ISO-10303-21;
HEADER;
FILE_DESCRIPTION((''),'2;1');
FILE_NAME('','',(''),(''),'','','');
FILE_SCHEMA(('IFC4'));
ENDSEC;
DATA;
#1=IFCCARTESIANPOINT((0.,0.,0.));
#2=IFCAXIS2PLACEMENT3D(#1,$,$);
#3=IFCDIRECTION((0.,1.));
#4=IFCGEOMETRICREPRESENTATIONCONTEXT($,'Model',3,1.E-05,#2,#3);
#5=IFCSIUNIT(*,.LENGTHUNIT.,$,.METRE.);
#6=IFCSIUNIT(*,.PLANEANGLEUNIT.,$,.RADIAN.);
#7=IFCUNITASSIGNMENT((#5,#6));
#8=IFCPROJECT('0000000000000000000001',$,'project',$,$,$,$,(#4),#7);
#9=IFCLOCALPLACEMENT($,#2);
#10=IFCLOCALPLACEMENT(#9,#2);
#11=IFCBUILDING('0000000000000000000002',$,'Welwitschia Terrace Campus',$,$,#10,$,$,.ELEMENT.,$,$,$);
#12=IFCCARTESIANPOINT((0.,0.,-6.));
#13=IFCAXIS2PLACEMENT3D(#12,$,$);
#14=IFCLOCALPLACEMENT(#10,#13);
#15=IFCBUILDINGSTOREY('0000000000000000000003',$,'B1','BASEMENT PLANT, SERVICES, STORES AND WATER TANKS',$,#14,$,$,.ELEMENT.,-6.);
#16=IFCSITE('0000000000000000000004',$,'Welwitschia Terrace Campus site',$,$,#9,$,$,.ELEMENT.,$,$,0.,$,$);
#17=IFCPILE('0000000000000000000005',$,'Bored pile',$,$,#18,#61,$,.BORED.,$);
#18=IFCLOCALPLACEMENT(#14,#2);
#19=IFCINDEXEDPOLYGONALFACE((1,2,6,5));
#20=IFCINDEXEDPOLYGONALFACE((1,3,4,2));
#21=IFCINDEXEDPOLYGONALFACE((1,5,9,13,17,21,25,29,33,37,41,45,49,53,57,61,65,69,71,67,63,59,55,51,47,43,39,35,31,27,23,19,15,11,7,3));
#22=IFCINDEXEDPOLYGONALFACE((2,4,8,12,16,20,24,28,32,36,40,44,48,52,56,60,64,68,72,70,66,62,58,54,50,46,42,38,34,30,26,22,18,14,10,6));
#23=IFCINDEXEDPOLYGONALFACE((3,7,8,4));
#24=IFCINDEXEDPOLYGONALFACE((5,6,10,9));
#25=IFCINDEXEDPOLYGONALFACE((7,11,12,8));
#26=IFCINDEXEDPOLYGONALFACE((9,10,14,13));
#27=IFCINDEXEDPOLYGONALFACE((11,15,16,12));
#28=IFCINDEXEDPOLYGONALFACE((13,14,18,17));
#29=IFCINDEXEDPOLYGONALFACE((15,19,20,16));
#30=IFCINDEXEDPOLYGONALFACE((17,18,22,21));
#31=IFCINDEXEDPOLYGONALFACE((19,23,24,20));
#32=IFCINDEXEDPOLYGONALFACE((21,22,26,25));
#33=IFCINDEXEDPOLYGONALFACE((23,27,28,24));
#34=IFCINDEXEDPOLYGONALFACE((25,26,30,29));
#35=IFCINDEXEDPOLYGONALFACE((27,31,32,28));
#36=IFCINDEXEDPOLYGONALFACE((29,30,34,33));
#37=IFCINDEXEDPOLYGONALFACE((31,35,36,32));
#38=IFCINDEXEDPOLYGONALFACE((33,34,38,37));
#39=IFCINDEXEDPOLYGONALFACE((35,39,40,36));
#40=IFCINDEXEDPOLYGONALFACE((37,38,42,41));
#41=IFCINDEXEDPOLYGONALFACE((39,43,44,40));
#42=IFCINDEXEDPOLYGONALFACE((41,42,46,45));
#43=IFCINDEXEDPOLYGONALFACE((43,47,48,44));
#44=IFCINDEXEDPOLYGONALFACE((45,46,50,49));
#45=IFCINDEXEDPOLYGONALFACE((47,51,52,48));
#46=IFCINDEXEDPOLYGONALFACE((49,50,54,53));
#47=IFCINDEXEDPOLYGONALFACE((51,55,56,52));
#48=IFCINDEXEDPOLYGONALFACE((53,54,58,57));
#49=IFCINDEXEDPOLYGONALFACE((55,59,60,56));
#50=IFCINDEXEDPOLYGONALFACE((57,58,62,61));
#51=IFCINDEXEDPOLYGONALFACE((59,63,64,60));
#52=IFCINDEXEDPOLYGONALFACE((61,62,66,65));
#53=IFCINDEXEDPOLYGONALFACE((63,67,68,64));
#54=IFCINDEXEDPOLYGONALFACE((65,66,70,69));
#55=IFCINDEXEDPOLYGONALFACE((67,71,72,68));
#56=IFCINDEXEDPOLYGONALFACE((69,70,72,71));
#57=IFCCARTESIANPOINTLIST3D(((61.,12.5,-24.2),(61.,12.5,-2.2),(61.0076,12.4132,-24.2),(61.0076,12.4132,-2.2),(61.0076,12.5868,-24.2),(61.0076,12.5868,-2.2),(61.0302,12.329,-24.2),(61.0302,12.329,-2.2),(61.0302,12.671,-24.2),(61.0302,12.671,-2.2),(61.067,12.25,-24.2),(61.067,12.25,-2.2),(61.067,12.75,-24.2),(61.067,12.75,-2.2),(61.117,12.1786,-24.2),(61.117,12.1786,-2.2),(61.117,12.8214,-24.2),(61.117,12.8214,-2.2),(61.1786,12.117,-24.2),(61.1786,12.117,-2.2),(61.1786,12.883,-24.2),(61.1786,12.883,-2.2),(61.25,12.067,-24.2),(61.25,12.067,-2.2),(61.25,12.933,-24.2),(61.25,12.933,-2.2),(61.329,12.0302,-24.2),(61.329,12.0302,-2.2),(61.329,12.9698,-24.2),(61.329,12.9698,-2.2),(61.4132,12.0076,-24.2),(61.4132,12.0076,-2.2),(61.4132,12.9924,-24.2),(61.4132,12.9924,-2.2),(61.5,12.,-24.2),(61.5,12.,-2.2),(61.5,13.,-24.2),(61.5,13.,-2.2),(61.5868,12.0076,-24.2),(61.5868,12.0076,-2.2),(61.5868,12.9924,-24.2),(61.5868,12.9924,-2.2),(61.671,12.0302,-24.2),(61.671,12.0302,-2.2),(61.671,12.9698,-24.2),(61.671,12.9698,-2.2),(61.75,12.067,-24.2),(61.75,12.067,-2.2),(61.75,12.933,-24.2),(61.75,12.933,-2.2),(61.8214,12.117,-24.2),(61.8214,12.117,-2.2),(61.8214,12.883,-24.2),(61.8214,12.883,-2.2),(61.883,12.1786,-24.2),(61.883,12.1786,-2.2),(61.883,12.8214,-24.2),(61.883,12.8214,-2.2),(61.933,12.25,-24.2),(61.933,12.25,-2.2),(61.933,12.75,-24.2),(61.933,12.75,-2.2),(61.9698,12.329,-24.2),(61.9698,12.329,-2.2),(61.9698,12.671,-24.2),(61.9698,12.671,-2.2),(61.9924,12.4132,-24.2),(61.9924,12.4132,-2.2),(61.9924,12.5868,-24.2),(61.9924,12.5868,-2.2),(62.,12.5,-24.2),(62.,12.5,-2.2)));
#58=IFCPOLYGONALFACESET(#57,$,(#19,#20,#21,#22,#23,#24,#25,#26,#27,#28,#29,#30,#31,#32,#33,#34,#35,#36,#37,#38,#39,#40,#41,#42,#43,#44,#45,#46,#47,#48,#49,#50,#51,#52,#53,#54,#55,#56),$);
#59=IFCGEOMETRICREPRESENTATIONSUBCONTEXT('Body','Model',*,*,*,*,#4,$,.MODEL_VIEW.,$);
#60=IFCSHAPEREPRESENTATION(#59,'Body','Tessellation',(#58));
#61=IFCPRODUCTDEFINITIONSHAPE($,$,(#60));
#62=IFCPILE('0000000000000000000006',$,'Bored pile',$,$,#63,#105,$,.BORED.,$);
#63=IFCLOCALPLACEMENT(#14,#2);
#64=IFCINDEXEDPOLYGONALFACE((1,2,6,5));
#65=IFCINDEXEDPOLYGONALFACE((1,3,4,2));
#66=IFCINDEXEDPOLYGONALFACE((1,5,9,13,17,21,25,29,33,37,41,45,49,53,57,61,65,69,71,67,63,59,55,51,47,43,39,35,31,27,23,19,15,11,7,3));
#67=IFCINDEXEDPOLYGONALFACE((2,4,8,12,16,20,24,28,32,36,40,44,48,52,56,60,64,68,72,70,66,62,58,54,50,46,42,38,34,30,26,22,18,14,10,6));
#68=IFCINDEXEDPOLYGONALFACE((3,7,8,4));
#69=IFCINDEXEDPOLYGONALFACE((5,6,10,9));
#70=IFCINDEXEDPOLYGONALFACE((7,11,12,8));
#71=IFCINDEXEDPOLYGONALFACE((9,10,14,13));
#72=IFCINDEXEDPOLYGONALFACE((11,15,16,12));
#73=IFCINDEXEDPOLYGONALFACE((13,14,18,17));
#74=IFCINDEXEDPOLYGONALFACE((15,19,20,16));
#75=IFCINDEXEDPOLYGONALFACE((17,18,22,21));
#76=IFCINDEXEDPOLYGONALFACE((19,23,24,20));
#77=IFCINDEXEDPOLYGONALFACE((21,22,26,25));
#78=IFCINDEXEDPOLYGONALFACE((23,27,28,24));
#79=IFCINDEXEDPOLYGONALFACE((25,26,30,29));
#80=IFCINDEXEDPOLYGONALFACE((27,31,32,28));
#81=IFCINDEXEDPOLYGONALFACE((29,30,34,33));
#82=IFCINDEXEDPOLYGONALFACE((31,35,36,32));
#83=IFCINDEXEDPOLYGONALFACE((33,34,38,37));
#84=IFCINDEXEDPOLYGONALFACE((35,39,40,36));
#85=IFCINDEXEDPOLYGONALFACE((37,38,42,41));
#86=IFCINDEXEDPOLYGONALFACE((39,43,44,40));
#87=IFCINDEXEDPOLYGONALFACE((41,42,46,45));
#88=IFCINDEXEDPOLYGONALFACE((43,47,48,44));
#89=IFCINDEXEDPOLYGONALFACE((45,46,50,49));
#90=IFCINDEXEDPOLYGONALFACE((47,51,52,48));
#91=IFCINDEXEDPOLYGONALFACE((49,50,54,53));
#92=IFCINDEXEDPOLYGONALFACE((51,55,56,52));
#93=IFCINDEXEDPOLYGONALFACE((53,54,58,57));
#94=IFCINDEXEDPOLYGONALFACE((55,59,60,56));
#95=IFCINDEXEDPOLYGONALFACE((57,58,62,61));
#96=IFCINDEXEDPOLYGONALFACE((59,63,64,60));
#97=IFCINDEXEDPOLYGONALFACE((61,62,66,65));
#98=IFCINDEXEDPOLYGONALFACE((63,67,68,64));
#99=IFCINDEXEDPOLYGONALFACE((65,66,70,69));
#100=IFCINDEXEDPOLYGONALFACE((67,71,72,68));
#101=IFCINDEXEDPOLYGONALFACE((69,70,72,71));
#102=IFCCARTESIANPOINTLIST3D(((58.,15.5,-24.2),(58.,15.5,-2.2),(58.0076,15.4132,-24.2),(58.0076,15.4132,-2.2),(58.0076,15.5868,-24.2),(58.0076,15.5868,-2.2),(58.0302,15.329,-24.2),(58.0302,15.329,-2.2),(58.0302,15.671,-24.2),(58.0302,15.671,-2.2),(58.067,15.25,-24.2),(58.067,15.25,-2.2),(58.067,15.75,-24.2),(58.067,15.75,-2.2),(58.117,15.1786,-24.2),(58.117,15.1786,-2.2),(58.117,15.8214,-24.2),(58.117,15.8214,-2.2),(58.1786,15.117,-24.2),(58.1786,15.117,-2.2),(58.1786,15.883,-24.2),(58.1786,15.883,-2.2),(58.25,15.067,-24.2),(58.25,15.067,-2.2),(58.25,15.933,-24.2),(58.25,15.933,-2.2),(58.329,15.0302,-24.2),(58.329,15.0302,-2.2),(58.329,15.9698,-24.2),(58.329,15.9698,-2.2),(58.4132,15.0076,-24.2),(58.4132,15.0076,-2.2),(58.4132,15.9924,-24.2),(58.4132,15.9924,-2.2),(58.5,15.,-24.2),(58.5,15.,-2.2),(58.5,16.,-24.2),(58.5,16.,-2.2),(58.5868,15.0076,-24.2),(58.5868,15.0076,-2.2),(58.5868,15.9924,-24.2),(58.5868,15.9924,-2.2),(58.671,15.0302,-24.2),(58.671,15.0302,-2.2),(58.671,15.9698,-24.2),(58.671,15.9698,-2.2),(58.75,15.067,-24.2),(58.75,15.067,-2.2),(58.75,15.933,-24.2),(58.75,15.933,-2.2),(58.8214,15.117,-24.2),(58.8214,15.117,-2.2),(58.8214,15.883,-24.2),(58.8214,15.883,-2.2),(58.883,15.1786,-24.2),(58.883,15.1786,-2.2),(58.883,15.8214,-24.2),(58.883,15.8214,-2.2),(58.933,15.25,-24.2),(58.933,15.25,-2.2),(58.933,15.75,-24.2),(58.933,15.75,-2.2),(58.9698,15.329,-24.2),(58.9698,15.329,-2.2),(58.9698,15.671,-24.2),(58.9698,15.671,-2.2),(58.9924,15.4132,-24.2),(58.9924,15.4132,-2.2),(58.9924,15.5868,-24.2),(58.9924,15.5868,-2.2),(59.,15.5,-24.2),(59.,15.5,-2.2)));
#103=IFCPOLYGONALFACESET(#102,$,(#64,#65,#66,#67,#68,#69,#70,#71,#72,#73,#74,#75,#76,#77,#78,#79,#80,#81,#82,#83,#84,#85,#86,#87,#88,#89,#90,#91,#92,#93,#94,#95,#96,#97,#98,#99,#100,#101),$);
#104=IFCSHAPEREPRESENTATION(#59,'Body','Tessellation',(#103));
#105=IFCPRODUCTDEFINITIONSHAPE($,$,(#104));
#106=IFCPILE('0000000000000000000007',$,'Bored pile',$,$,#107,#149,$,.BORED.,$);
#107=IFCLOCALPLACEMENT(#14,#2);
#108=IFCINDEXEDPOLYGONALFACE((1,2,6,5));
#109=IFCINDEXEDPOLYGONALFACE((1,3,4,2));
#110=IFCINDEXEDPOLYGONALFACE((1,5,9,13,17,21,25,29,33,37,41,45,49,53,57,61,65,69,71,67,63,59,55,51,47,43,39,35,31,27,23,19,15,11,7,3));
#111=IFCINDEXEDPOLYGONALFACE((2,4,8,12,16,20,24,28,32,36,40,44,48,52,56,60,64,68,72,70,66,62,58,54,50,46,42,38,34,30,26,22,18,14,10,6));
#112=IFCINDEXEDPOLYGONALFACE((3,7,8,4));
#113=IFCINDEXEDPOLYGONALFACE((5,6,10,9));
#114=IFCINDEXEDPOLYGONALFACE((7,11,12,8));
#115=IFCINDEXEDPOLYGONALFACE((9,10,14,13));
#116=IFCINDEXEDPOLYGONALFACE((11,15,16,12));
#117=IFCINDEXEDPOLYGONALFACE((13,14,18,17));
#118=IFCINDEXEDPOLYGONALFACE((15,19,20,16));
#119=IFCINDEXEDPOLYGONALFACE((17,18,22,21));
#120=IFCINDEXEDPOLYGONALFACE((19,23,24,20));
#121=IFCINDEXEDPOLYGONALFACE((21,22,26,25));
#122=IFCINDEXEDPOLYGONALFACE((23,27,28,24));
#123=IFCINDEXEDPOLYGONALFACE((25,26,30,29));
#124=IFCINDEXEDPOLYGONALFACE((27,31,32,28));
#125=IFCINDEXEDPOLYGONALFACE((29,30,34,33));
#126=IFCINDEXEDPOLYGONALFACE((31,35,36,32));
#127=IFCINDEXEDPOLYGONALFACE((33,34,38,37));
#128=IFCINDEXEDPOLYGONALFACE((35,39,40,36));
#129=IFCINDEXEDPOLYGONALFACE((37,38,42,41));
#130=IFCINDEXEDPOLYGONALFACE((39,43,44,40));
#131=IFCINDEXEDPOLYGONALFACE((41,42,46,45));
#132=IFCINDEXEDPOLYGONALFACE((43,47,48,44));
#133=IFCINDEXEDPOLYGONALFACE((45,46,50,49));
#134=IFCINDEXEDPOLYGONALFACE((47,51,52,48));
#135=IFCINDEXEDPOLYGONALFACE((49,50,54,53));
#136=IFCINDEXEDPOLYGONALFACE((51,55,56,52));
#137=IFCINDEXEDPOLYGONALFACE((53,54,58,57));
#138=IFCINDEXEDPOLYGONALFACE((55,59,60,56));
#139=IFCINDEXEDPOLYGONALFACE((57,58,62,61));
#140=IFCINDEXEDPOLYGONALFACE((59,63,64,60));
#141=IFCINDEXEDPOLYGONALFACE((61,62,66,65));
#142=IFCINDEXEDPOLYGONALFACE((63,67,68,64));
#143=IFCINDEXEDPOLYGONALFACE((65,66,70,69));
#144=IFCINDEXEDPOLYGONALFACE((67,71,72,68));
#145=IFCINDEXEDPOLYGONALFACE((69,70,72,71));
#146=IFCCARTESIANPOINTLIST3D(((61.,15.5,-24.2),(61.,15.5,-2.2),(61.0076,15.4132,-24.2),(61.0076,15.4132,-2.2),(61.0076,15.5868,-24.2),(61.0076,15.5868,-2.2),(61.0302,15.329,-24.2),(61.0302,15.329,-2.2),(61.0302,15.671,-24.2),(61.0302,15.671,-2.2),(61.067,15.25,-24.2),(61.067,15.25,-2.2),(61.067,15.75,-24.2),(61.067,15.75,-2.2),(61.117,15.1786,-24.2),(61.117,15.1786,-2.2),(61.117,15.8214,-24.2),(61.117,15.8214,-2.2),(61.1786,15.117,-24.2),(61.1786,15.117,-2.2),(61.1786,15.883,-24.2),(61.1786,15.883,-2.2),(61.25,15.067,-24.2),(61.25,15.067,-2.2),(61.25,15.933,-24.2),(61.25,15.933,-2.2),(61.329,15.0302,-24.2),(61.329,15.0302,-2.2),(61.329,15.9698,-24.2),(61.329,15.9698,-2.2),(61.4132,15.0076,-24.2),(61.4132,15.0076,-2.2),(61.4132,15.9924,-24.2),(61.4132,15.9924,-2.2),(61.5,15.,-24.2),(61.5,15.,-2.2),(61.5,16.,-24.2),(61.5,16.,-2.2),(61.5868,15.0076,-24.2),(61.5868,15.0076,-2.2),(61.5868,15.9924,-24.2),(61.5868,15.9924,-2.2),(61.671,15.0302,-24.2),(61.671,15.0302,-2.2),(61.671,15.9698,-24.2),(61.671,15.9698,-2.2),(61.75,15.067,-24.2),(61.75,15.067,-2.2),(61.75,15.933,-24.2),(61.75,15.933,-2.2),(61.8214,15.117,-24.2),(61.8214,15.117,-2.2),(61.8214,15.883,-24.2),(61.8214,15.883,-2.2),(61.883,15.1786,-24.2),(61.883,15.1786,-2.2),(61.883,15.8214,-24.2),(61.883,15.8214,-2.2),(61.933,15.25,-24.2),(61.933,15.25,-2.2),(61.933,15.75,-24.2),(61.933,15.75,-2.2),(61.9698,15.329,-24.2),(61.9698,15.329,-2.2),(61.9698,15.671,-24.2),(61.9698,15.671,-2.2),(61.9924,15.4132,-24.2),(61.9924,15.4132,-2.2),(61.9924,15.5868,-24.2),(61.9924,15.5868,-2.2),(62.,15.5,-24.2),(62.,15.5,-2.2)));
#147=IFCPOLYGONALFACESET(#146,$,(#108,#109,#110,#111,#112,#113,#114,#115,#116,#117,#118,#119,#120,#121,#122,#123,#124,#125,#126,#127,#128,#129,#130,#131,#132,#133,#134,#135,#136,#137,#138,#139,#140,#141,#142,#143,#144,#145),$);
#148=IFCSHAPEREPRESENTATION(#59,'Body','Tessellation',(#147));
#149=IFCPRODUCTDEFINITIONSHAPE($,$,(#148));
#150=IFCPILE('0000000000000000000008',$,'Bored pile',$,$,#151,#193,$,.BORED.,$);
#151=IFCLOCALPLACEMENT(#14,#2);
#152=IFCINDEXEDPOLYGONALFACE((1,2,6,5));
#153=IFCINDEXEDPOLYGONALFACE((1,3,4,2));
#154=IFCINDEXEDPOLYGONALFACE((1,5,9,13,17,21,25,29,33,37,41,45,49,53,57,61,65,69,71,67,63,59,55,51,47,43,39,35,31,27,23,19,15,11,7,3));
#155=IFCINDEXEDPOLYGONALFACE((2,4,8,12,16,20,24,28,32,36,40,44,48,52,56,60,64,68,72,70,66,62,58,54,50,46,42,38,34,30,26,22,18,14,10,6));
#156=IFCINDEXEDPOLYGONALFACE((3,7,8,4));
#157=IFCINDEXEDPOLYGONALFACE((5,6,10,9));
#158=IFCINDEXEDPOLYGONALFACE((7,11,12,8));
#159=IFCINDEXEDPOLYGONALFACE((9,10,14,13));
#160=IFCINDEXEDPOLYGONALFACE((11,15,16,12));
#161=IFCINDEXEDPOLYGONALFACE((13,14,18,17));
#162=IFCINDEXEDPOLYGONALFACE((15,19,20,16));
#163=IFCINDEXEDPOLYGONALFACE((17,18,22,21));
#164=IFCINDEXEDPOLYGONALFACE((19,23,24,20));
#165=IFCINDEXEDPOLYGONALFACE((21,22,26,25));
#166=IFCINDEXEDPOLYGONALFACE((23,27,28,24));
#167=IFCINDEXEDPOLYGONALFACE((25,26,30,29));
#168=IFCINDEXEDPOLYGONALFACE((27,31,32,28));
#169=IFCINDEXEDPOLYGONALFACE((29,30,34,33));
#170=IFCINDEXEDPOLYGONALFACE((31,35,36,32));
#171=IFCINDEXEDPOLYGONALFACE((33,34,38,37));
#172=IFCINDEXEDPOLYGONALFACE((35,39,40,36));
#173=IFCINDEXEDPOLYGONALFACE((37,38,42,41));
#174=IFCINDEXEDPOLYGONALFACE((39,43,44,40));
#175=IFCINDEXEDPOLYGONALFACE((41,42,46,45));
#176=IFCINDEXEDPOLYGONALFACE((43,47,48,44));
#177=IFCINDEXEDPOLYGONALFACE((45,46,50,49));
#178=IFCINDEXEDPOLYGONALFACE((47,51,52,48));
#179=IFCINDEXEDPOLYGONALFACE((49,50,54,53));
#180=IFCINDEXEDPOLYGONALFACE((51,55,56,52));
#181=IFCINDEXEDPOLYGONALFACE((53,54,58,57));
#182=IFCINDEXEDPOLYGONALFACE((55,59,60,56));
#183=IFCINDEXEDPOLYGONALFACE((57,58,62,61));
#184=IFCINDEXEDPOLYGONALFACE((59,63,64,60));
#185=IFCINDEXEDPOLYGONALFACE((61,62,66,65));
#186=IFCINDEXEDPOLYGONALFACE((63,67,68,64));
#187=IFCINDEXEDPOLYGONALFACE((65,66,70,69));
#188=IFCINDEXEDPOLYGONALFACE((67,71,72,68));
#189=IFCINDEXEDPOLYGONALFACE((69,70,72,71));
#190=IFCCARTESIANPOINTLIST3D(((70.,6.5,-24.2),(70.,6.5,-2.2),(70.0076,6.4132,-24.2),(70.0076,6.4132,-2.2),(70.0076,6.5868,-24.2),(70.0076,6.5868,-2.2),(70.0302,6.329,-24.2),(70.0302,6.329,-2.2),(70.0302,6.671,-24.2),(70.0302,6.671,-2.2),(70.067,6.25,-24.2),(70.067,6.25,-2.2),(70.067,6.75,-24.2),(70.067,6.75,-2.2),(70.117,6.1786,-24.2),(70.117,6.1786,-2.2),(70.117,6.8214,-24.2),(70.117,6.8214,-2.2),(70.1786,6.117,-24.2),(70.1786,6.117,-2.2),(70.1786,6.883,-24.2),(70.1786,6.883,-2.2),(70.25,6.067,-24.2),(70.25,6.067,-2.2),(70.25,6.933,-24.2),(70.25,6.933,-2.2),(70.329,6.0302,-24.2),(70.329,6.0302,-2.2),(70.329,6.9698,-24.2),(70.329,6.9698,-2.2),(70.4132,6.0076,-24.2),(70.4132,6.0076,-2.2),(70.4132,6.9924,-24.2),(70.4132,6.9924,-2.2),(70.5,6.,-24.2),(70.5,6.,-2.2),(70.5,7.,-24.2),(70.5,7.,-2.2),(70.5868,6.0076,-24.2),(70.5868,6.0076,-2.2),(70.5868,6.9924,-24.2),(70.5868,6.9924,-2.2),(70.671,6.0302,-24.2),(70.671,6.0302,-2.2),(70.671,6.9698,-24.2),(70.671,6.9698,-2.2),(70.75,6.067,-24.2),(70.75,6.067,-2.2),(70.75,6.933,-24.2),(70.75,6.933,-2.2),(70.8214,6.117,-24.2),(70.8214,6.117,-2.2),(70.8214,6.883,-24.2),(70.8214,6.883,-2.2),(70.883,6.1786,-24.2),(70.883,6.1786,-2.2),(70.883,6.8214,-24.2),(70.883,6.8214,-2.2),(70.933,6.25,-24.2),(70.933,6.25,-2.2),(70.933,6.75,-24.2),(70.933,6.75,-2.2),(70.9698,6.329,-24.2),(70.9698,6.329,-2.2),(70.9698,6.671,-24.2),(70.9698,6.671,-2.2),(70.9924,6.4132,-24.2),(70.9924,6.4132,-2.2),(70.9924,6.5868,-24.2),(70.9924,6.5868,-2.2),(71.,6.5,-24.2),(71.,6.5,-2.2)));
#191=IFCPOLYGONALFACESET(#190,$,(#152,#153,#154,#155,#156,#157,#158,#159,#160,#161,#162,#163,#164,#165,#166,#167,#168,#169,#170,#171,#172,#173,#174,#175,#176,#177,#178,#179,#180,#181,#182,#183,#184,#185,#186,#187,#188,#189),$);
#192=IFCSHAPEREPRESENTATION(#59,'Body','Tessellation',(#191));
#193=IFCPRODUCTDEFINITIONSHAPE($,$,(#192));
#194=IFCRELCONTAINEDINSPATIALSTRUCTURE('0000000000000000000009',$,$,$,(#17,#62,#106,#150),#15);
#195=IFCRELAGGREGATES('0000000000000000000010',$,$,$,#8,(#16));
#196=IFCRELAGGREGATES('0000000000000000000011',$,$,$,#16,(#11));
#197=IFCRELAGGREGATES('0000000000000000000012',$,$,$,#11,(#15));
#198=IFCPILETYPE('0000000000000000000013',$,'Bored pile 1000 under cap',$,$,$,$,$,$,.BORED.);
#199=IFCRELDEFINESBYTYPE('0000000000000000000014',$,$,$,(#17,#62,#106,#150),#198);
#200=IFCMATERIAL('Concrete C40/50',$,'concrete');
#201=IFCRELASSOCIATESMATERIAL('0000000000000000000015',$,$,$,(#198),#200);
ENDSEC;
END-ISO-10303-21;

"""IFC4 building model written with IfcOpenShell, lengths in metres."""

from ifc_helpers import new_model, si_unit, direction, frame, origin, origin_2d, place, context, subcontext, project, spatial, circle, extrude, material, type_object, element, save


model = new_model("IFC4")

# Units and contexts
model_context = context("Model", 3, precision=1e-05, world=origin(), true_north=direction((0.0, 1.0)))
body_context = subcontext(model_context, "Body", "Model", "MODEL_VIEW")
ifc_project = project(units=[si_unit("LENGTHUNIT", "METRE"), si_unit("PLANEANGLEUNIT", "RADIAN")], contexts=[model_context])

# Site, building, storey
site_placement = place(None, origin())
site = spatial("IfcSite", under=ifc_project, at=site_placement, Name="Welwitschia Terrace Campus site", CompositionType="ELEMENT", RefElevation=0.0)
building_placement = place(site_placement, origin())
building = spatial("IfcBuilding", under=site, at=building_placement, Name="Welwitschia Terrace Campus", CompositionType="ELEMENT")
storey_placement = place(building_placement, frame((0.0, 0.0, -6.0)))
storey = spatial("IfcBuildingStorey", under=building, at=storey_placement, Name="B1", Description="BASEMENT PLANT, SERVICES, STORES AND WATER TANKS", CompositionType="ELEMENT", Elevation=-6.0)

# Piles
ifc_material_1 = material(Name="Concrete C40/50", Category="concrete")
pile_type = type_object("IfcPileType", Name="Bored pile 1000 under cap", PredefinedType="BORED", material=ifc_material_1)
for number, where, z_axis, x_axis, name in (
    (1, (61.5, 12.5, -2.2), (0.0, 0.0, -1.0), (1.0, 0.0, 0.0), "Bored pile"),
    (2, (58.5, 15.5, -2.2), (0.0, 0.0, -1.0), (1.0, 0.0, 0.0), "Bored pile"),
    (3, (61.5, 15.5, -2.2), (0.0, 0.0, -1.0), (1.0, 0.0, 0.0), "Bored pile"),
    (4, (70.5, 6.5, -2.2), (0.0, 0.0, -1.0), (1.0, 0.0, 0.0), "Bored pile"),
):
    element("IfcPile", number, at=place(storey_placement, frame(where, z_axis=z_axis, x_axis=x_axis)), inside=storey, type_object=pile_type, Name=name, PredefinedType="BORED", context=body_context, shape_type="SweptSolid", body=[
        extrude(circle(Radius=0.5, at=origin_2d()), origin(), (0.0, 0.0, 1.0), 22.0),
    ])

save(model, "model.ifc")
